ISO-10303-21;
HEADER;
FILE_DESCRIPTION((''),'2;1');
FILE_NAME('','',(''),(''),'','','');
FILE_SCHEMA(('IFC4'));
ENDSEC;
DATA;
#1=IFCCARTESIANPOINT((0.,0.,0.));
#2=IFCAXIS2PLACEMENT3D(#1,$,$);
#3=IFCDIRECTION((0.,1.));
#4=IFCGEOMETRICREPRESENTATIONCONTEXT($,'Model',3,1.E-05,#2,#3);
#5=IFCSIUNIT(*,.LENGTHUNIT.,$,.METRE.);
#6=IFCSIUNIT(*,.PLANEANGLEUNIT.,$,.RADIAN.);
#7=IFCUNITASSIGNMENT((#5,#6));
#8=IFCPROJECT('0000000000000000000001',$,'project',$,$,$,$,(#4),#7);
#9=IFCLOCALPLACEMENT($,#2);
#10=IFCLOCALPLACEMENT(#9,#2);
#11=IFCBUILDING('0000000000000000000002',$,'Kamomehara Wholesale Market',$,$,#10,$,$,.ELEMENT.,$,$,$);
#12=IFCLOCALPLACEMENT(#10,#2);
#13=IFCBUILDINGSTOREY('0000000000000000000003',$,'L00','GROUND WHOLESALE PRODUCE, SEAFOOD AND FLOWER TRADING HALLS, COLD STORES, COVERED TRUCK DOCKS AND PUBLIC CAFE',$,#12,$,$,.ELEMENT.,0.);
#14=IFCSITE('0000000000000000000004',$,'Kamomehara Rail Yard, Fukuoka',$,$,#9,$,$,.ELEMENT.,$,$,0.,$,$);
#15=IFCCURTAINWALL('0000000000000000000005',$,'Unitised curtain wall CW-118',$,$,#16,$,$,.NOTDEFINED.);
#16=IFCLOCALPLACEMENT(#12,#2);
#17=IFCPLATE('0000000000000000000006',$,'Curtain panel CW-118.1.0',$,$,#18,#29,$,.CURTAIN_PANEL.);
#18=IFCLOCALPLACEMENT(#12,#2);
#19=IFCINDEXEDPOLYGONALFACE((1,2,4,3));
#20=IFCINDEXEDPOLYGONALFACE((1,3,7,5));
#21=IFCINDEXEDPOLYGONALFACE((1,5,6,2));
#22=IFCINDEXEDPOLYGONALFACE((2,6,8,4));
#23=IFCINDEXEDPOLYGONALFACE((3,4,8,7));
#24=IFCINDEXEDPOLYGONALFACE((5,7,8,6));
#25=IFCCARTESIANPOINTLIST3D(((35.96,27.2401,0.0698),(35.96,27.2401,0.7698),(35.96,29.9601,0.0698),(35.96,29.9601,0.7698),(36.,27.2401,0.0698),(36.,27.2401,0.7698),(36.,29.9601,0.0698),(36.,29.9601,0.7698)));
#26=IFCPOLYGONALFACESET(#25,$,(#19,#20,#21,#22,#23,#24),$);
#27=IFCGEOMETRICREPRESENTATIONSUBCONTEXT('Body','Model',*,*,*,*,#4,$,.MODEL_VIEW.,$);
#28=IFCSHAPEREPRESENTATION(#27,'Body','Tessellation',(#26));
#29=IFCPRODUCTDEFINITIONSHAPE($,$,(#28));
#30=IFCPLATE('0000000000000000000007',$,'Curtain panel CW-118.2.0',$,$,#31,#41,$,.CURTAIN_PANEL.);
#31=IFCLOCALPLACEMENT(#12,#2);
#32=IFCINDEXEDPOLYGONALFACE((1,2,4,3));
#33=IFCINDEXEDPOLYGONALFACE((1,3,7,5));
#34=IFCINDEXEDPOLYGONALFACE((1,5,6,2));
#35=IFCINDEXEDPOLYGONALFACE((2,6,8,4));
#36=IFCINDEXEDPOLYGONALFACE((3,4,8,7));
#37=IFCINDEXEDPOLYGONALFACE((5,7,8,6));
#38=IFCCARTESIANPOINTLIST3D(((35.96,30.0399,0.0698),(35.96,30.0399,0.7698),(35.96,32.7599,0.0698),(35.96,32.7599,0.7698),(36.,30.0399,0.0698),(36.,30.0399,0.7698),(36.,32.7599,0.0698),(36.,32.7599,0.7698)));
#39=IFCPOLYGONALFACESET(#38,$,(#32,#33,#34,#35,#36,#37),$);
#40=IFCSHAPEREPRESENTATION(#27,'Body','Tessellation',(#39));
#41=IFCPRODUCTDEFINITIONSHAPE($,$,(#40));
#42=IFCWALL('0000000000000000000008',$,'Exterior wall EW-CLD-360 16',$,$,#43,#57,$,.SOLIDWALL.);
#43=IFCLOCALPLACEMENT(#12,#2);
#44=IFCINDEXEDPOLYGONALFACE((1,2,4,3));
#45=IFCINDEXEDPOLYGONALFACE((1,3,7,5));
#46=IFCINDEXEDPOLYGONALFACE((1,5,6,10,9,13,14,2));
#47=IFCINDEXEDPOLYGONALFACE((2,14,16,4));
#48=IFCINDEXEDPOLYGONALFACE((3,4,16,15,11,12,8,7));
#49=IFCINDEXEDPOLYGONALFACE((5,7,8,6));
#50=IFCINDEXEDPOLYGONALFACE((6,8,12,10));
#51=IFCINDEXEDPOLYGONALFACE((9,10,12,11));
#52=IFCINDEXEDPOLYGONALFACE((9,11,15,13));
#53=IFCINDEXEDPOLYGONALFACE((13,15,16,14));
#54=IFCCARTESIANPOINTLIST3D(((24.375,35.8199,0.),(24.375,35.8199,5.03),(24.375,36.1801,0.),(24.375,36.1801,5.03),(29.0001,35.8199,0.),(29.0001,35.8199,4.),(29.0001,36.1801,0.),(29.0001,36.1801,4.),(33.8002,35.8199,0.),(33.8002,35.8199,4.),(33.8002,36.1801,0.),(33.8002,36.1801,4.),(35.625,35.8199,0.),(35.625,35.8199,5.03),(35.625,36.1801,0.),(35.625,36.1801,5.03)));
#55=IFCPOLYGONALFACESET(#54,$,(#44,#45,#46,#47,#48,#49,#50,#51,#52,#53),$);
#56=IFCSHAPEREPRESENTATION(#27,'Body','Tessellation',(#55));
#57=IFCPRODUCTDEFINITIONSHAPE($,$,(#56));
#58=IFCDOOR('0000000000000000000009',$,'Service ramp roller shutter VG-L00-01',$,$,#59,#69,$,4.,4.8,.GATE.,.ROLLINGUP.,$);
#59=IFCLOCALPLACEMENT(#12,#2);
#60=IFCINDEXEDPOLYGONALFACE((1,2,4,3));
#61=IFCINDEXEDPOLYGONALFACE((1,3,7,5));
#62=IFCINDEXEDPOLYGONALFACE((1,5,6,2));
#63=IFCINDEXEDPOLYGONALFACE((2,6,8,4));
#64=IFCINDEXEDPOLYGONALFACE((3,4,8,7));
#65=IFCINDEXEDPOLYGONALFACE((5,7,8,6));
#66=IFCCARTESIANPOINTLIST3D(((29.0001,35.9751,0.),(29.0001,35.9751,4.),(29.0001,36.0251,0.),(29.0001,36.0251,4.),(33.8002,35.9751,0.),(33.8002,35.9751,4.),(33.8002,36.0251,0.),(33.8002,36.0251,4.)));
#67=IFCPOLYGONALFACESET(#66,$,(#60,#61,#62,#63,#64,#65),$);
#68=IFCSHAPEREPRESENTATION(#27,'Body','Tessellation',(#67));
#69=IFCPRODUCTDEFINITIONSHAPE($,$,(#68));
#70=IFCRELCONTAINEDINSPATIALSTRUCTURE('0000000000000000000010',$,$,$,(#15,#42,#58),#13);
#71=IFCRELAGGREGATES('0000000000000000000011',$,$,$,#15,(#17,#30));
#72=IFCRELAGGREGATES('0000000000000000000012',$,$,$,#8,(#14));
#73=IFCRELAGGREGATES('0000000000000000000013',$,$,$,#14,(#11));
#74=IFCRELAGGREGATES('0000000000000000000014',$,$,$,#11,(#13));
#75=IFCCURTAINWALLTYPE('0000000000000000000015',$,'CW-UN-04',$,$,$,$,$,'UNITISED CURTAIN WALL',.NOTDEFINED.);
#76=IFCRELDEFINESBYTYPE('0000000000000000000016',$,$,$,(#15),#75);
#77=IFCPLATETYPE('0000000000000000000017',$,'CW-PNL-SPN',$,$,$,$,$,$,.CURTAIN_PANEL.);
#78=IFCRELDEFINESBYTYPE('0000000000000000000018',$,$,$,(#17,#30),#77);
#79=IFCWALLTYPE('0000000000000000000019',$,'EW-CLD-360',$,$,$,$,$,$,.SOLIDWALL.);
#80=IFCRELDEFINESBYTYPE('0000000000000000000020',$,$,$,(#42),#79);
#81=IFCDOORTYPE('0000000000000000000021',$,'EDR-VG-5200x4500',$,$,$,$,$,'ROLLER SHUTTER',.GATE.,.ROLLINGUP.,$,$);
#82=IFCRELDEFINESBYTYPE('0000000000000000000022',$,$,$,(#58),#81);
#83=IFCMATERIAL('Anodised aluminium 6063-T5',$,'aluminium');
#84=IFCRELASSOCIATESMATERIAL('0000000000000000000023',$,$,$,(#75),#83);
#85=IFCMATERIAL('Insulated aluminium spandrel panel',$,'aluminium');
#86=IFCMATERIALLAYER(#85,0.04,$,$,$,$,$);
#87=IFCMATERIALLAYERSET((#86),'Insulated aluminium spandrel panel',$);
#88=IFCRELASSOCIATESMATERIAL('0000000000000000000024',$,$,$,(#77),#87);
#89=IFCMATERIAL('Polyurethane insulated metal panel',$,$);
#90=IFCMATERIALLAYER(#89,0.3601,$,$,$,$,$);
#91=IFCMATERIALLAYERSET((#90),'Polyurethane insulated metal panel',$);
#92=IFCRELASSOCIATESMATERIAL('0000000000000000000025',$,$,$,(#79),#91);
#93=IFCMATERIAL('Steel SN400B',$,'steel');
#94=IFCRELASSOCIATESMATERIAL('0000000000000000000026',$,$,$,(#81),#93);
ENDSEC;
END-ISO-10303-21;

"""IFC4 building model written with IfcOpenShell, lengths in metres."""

from ifc_helpers import new_model, si_unit, direction, frame, frame_2d, origin, origin_2d, place, context, subcontext, project, spatial, rectangle, extrude, material, layer, layer_set, type_object, element, fill, aggregate, save


model = new_model("IFC4")

# Units and contexts
model_context = context("Model", 3, precision=1e-05, world=origin(), true_north=direction((0.0, 1.0)))
body_context = subcontext(model_context, "Body", "Model", "MODEL_VIEW")
ifc_project = project(units=[si_unit("LENGTHUNIT", "METRE"), si_unit("PLANEANGLEUNIT", "RADIAN")], contexts=[model_context])

# Site, building, storey
site_placement = place(None, origin())
site = spatial("IfcSite", under=ifc_project, at=site_placement, Name="Kamomehara Rail Yard, Fukuoka", CompositionType="ELEMENT", RefElevation=0.0)
building_placement = place(site_placement, origin())
building = spatial("IfcBuilding", under=site, at=building_placement, Name="Kamomehara Wholesale Market", CompositionType="ELEMENT")
storey_placement = place(building_placement, origin())
storey = spatial("IfcBuildingStorey", under=building, at=storey_placement, Name="L00", Description="GROUND WHOLESALE PRODUCE, SEAFOOD AND FLOWER TRADING HALLS, COLD STORES, COVERED TRUCK DOCKS AND PUBLIC CAFE", CompositionType="ELEMENT", Elevation=0.0)

# Curtain wall
ifc_material_1 = material(Name="Anodised aluminium 6063-T5", Category="aluminium")
curtain_wall_type = type_object("IfcCurtainWallType", Name="CW-UN-04", ElementType="UNITISED CURTAIN WALL", PredefinedType="NOTDEFINED", material=ifc_material_1)
curtain_wall_1_placement = place(storey_placement, origin())
curtain_wall_1 = element("IfcCurtainWall", 1, at=curtain_wall_1_placement, inside=storey, type_object=curtain_wall_type, Name="Unitised curtain wall CW-118", PredefinedType="NOTDEFINED")

# Plates
ifc_material_2 = material(Name="Insulated aluminium spandrel panel", Category="aluminium")
ifc_layer_1 = layer(ifc_material_2, 0.04)
ifc_layer_set_1 = layer_set([ifc_layer_1], Name="Insulated aluminium spandrel panel")
plate_type_1 = type_object("IfcPlateType", Name="CW-PNL-SPN", PredefinedType="CURTAIN_PANEL", material=ifc_layer_set_1)
plate_1_placement = place(storey_placement, frame((35.98, 28.6001, 0.0698), z_axis=(0.0, 0.0, 1.0), x_axis=(0.0, 1.0, 0.0)))
plate_1 = element("IfcPlate", 2, at=plate_1_placement, type_object=plate_type_1, Name="Curtain panel CW-118.1.0", PredefinedType="CURTAIN_PANEL", context=body_context, shape_type="SweptSolid", body=[
    extrude(rectangle(XDim=2.72, YDim=0.04, at=origin_2d()), origin(), (0.0, 0.0, 1.0), 0.7),
])
plate_2_placement = place(storey_placement, frame((35.98, 31.3999, 0.0698), z_axis=(0.0, 0.0, 1.0), x_axis=(0.0, 1.0, 0.0)))
plate_2 = element("IfcPlate", 3, at=plate_2_placement, type_object=plate_type_1, Name="Curtain panel CW-118.2.0", PredefinedType="CURTAIN_PANEL", context=body_context, shape_type="SweptSolid", body=[
    extrude(rectangle(XDim=2.72, YDim=0.04, at=origin_2d()), origin(), (0.0, 0.0, 1.0), 0.7),
])
aggregate(curtain_wall_1, [plate_1, plate_2])

# Wall, opening, door
ifc_material_3 = material(Name="Polyurethane insulated metal panel")
ifc_layer_2 = layer(ifc_material_3, 0.3601)
ifc_layer_set_2 = layer_set([ifc_layer_2], Name="Polyurethane insulated metal panel")
wall_type = type_object("IfcWallType", Name="EW-CLD-360", PredefinedType="SOLIDWALL", material=ifc_layer_set_2)
wall_placement = place(storey_placement, frame((35.625, 36.0, 0.0), z_axis=(0.0, 0.0, 1.0), x_axis=(-1.0, 0.0, 0.0)))
wall = element("IfcWall", 4, at=wall_placement, inside=storey, type_object=wall_type, Name="Exterior wall EW-CLD-360 16", PredefinedType="SOLIDWALL", context=body_context, shape_type="SweptSolid", body=[
    extrude(rectangle(XDim=11.25, YDim=0.3601, at=frame_2d((5.625, 0.0))), origin(), (0.0, 0.0, 1.0), 5.03),
])
opening_placement = place(wall_placement, frame((1.825, 0.0, 0.0)))
opening = element("IfcOpeningElement", 5, at=opening_placement, cuts=wall, PredefinedType="OPENING", context=body_context, shape_type="SweptSolid", body=[
    extrude(rectangle(XDim=4.8, YDim=4.0, at=frame_2d((2.3999, 2.0))), frame((0.0, 0.1948, 0.0), z_axis=(0.0, -1.0, 0.0), x_axis=(1.0, 0.0, 0.0)), (0.0, 0.0, 1.0), 0.3899),
])
ifc_material_4 = material(Name="Steel SN400B", Category="steel")
door_type = type_object("IfcDoorType", Name="EDR-VG-5200x4500", ElementType="ROLLER SHUTTER", OperationType="ROLLINGUP", PredefinedType="GATE", material=ifc_material_4)
door_placement = place(opening_placement, origin())
door = element("IfcDoor", 6, at=door_placement, inside=storey, type_object=door_type, Name="Service ramp roller shutter VG-L00-01", OperationType="ROLLINGUP", OverallHeight=4.0, OverallWidth=4.8, PredefinedType="GATE", context=body_context, shape_type="SweptSolid", body=[
    extrude(rectangle(XDim=4.8, YDim=4.0, at=frame_2d((2.3999, 2.0))), frame((0.0, 0.0249, 0.0), z_axis=(0.0, -1.0, 0.0), x_axis=(1.0, 0.0, 0.0)), (0.0, 0.0, 1.0), 0.05),
])
fill(opening, door)

save(model, "model.ifc")
